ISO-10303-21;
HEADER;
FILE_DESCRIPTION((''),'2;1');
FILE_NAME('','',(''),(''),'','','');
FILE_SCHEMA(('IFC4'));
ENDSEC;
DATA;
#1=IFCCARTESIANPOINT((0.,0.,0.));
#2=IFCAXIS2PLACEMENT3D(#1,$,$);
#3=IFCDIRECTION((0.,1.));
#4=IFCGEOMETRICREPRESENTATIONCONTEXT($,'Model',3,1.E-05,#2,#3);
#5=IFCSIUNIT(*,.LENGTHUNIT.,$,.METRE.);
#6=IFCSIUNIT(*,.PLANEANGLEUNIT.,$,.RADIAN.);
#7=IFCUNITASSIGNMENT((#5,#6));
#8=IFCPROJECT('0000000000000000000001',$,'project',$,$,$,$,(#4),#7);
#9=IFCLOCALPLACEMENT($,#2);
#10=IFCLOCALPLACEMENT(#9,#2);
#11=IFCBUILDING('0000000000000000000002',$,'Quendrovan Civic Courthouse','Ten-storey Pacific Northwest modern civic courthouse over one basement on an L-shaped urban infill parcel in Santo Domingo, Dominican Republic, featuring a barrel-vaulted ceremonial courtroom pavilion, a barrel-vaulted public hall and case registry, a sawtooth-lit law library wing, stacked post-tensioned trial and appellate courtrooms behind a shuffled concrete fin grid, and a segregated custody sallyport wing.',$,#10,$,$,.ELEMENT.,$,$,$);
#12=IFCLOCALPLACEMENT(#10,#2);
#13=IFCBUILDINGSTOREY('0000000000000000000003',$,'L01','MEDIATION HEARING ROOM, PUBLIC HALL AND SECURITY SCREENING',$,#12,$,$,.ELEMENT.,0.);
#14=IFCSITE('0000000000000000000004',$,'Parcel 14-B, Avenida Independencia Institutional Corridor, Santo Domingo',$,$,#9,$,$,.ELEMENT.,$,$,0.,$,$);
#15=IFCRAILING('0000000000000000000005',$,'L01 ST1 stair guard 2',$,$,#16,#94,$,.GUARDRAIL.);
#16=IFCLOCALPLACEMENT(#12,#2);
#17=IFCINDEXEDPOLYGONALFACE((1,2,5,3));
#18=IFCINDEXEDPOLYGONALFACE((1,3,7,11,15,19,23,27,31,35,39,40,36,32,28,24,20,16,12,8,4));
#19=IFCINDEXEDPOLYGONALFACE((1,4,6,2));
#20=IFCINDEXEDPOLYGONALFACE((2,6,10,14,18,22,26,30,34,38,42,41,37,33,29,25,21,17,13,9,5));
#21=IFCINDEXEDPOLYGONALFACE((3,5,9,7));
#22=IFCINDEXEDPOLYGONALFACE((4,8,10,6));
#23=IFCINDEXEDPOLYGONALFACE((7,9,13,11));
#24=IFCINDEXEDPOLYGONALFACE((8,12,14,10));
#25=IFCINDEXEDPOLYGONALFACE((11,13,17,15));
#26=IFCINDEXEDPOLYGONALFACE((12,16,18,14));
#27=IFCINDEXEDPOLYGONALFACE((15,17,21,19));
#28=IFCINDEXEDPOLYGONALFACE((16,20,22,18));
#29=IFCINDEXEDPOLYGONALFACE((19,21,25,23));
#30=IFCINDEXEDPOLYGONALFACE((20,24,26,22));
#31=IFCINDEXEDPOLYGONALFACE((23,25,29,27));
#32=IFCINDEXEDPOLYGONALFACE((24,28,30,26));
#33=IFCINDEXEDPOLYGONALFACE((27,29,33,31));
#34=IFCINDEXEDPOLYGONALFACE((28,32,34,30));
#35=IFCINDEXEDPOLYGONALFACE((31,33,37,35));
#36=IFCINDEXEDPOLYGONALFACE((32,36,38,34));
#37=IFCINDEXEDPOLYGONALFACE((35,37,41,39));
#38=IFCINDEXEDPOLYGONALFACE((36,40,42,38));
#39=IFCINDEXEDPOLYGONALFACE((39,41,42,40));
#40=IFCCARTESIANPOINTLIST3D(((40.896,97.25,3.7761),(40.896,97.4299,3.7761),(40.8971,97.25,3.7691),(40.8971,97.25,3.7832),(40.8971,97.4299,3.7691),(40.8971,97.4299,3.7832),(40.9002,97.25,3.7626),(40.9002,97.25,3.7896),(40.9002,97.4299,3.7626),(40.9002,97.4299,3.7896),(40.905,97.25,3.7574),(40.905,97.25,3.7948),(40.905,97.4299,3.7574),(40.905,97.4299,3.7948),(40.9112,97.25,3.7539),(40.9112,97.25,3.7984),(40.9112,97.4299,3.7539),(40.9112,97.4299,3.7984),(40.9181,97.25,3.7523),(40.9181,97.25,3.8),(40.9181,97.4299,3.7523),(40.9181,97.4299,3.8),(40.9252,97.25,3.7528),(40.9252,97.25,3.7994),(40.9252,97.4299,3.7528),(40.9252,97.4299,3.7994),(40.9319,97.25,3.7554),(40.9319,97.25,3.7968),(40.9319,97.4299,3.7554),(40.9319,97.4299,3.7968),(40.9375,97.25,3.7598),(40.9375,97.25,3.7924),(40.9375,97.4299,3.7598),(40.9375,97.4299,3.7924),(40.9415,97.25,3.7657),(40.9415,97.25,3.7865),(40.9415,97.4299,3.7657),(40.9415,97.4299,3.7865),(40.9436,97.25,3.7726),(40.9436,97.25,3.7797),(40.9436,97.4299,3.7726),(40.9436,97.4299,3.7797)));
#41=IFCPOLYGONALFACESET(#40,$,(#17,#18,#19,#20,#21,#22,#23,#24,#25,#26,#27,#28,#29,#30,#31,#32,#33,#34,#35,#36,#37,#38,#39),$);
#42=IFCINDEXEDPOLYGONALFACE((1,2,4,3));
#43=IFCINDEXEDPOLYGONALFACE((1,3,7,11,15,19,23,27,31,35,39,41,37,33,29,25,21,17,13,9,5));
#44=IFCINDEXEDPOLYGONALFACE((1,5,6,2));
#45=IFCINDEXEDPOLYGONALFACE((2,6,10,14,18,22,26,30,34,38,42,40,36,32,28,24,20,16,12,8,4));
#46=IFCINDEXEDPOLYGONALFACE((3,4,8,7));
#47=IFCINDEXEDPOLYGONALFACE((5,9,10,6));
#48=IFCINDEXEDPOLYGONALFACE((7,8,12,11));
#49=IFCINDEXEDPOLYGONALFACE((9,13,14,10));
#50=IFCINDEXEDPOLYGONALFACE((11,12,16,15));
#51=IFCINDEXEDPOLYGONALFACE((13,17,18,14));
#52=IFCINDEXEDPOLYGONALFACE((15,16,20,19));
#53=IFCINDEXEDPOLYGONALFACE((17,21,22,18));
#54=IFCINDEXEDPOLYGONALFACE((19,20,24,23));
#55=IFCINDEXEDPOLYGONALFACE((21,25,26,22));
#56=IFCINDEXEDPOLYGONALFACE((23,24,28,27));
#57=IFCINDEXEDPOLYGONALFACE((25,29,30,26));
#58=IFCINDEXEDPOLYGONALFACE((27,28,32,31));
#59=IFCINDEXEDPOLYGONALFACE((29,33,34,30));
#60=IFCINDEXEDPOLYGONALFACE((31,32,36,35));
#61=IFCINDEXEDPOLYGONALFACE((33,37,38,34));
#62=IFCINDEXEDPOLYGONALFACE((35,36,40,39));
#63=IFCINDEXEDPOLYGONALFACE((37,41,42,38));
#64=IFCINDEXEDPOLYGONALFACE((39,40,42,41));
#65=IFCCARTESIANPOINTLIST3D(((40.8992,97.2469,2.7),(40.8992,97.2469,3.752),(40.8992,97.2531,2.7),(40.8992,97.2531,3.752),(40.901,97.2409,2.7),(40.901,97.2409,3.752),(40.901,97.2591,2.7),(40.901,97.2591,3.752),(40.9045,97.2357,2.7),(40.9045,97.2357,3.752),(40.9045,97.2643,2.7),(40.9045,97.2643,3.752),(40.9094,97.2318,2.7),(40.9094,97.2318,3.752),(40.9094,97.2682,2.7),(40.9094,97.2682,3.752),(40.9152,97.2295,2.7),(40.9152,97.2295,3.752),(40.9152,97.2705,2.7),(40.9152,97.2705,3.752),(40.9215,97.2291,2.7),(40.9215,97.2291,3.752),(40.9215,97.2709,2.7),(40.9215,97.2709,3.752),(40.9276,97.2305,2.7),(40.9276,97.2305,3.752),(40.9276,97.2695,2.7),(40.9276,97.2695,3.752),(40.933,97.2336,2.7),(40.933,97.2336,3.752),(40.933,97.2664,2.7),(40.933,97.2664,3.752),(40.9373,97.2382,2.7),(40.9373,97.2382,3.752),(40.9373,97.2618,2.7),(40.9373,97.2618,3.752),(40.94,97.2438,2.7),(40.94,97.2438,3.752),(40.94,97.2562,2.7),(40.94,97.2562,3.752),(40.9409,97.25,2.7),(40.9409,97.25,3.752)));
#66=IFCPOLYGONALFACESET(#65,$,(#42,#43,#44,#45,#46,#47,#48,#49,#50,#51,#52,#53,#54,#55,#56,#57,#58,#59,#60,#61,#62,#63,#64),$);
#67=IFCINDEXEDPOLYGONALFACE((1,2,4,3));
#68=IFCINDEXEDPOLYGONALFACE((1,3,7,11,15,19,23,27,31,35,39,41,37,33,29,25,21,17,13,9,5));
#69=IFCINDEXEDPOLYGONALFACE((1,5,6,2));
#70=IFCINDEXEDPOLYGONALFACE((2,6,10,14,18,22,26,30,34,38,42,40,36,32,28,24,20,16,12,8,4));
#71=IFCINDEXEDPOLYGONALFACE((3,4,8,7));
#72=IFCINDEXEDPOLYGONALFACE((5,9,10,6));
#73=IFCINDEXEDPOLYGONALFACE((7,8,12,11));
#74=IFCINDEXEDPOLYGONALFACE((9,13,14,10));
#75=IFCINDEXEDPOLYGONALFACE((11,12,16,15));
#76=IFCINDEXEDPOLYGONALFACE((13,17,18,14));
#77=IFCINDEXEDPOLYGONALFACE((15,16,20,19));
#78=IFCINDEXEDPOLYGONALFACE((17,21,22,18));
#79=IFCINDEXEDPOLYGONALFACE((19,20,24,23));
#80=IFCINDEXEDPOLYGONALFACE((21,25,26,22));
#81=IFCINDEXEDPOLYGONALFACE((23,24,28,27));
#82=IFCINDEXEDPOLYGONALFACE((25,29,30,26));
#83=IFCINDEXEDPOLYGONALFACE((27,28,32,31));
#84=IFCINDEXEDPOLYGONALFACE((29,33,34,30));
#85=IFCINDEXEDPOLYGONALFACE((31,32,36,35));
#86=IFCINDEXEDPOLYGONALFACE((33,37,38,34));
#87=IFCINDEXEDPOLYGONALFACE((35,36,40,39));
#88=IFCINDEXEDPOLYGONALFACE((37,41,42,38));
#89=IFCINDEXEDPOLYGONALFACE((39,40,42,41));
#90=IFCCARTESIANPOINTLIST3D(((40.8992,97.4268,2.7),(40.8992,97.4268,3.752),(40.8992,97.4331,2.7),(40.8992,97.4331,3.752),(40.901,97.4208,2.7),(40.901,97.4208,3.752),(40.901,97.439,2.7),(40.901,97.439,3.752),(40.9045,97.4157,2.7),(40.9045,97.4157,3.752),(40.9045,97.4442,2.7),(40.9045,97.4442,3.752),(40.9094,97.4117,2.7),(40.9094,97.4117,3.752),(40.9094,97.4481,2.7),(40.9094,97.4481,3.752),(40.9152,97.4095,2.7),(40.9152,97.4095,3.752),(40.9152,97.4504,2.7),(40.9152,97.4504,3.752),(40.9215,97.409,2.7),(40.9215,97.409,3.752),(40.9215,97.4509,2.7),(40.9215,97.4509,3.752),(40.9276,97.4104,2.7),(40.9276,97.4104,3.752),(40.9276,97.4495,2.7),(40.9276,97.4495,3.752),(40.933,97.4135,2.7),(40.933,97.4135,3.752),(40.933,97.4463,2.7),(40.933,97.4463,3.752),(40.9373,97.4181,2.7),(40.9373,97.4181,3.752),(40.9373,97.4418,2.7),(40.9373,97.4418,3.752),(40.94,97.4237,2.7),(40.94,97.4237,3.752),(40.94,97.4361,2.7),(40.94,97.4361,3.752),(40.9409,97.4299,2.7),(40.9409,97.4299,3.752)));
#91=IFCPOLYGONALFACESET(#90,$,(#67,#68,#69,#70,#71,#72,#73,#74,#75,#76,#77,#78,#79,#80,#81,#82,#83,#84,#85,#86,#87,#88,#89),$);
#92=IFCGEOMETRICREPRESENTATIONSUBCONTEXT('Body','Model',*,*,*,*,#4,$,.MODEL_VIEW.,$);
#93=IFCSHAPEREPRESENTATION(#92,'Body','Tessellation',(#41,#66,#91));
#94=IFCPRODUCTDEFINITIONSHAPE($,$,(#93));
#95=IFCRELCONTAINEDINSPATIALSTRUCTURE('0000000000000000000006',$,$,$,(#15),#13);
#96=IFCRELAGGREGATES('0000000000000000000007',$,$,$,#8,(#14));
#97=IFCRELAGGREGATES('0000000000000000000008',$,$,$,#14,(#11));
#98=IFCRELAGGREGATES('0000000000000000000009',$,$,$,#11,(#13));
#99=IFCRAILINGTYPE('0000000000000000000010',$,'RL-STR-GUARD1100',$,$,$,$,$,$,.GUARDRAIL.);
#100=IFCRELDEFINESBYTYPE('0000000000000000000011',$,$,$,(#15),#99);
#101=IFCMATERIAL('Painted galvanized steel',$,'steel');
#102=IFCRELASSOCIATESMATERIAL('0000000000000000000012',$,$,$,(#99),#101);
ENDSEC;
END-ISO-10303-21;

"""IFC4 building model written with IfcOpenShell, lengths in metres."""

from ifc_helpers import new_model, si_unit, direction, frame, origin, origin_2d, place, context, subcontext, project, spatial, circle, extrude, material, type_object, element, save


model = new_model("IFC4")

# Units and contexts
model_context = context("Model", 3, precision=1e-05, world=origin(), true_north=direction((0.0, 1.0)))
body_context = subcontext(model_context, "Body", "Model", "MODEL_VIEW")
ifc_project = project(units=[si_unit("LENGTHUNIT", "METRE"), si_unit("PLANEANGLEUNIT", "RADIAN")], contexts=[model_context])

# Site, building, storey
site_placement = place(None, origin())
site = spatial("IfcSite", under=ifc_project, at=site_placement, Name="Parcel 14-B, Avenida Independencia Institutional Corridor, Santo Domingo", CompositionType="ELEMENT", RefElevation=0.0)
building_placement = place(site_placement, origin())
building = spatial("IfcBuilding", under=site, at=building_placement, Name="Quendrovan Civic Courthouse", Description="Ten-storey Pacific Northwest modern civic courthouse over one basement on an L-shaped urban infill parcel in Santo Domingo, Dominican Republic, featuring a barrel-vaulted ceremonial courtroom pavilion, a barrel-vaulted public hall and case registry, a sawtooth-lit law library wing, stacked post-tensioned trial and appellate courtrooms behind a shuffled concrete fin grid, and a segregated custody sallyport wing.", CompositionType="ELEMENT")
storey_placement = place(building_placement, origin())
storey = spatial("IfcBuildingStorey", under=building, at=storey_placement, Name="L01", Description="MEDIATION HEARING ROOM, PUBLIC HALL AND SECURITY SCREENING", CompositionType="ELEMENT", Elevation=0.0)

# Railing
ifc_material_1 = material(Name="Painted galvanized steel", Category="steel")
railing_type_1 = type_object("IfcRailingType", Name="RL-STR-GUARD1100", PredefinedType="GUARDRAIL", material=ifc_material_1)
railing_1_placement = place(storey_placement, frame((40.9199, 97.25, 2.7)))
element("IfcRailing", 1, at=railing_1_placement, inside=storey, type_object=railing_type_1, Name="L01 ST1 stair guard 2", PredefinedType="GUARDRAIL", context=body_context, shape_type="SweptSolid", body=[
    extrude(circle(Radius=0.0239, at=origin_2d()), frame((0.0, 0.0, 1.0762), z_axis=(0.0, 1.0, 0.0), x_axis=(-1.0, 0.0, 0.0)), (0.0, 0.0, 1.0), 0.1799),
    extrude(circle(Radius=0.021, at=origin_2d()), origin(), (0.0, 0.0, 1.0), 1.052),
    extrude(circle(Radius=0.021, at=origin_2d()), frame((0.0, 0.1799, 0.0)), (0.0, 0.0, 1.0), 1.052),
])

save(model, "model.ifc")
